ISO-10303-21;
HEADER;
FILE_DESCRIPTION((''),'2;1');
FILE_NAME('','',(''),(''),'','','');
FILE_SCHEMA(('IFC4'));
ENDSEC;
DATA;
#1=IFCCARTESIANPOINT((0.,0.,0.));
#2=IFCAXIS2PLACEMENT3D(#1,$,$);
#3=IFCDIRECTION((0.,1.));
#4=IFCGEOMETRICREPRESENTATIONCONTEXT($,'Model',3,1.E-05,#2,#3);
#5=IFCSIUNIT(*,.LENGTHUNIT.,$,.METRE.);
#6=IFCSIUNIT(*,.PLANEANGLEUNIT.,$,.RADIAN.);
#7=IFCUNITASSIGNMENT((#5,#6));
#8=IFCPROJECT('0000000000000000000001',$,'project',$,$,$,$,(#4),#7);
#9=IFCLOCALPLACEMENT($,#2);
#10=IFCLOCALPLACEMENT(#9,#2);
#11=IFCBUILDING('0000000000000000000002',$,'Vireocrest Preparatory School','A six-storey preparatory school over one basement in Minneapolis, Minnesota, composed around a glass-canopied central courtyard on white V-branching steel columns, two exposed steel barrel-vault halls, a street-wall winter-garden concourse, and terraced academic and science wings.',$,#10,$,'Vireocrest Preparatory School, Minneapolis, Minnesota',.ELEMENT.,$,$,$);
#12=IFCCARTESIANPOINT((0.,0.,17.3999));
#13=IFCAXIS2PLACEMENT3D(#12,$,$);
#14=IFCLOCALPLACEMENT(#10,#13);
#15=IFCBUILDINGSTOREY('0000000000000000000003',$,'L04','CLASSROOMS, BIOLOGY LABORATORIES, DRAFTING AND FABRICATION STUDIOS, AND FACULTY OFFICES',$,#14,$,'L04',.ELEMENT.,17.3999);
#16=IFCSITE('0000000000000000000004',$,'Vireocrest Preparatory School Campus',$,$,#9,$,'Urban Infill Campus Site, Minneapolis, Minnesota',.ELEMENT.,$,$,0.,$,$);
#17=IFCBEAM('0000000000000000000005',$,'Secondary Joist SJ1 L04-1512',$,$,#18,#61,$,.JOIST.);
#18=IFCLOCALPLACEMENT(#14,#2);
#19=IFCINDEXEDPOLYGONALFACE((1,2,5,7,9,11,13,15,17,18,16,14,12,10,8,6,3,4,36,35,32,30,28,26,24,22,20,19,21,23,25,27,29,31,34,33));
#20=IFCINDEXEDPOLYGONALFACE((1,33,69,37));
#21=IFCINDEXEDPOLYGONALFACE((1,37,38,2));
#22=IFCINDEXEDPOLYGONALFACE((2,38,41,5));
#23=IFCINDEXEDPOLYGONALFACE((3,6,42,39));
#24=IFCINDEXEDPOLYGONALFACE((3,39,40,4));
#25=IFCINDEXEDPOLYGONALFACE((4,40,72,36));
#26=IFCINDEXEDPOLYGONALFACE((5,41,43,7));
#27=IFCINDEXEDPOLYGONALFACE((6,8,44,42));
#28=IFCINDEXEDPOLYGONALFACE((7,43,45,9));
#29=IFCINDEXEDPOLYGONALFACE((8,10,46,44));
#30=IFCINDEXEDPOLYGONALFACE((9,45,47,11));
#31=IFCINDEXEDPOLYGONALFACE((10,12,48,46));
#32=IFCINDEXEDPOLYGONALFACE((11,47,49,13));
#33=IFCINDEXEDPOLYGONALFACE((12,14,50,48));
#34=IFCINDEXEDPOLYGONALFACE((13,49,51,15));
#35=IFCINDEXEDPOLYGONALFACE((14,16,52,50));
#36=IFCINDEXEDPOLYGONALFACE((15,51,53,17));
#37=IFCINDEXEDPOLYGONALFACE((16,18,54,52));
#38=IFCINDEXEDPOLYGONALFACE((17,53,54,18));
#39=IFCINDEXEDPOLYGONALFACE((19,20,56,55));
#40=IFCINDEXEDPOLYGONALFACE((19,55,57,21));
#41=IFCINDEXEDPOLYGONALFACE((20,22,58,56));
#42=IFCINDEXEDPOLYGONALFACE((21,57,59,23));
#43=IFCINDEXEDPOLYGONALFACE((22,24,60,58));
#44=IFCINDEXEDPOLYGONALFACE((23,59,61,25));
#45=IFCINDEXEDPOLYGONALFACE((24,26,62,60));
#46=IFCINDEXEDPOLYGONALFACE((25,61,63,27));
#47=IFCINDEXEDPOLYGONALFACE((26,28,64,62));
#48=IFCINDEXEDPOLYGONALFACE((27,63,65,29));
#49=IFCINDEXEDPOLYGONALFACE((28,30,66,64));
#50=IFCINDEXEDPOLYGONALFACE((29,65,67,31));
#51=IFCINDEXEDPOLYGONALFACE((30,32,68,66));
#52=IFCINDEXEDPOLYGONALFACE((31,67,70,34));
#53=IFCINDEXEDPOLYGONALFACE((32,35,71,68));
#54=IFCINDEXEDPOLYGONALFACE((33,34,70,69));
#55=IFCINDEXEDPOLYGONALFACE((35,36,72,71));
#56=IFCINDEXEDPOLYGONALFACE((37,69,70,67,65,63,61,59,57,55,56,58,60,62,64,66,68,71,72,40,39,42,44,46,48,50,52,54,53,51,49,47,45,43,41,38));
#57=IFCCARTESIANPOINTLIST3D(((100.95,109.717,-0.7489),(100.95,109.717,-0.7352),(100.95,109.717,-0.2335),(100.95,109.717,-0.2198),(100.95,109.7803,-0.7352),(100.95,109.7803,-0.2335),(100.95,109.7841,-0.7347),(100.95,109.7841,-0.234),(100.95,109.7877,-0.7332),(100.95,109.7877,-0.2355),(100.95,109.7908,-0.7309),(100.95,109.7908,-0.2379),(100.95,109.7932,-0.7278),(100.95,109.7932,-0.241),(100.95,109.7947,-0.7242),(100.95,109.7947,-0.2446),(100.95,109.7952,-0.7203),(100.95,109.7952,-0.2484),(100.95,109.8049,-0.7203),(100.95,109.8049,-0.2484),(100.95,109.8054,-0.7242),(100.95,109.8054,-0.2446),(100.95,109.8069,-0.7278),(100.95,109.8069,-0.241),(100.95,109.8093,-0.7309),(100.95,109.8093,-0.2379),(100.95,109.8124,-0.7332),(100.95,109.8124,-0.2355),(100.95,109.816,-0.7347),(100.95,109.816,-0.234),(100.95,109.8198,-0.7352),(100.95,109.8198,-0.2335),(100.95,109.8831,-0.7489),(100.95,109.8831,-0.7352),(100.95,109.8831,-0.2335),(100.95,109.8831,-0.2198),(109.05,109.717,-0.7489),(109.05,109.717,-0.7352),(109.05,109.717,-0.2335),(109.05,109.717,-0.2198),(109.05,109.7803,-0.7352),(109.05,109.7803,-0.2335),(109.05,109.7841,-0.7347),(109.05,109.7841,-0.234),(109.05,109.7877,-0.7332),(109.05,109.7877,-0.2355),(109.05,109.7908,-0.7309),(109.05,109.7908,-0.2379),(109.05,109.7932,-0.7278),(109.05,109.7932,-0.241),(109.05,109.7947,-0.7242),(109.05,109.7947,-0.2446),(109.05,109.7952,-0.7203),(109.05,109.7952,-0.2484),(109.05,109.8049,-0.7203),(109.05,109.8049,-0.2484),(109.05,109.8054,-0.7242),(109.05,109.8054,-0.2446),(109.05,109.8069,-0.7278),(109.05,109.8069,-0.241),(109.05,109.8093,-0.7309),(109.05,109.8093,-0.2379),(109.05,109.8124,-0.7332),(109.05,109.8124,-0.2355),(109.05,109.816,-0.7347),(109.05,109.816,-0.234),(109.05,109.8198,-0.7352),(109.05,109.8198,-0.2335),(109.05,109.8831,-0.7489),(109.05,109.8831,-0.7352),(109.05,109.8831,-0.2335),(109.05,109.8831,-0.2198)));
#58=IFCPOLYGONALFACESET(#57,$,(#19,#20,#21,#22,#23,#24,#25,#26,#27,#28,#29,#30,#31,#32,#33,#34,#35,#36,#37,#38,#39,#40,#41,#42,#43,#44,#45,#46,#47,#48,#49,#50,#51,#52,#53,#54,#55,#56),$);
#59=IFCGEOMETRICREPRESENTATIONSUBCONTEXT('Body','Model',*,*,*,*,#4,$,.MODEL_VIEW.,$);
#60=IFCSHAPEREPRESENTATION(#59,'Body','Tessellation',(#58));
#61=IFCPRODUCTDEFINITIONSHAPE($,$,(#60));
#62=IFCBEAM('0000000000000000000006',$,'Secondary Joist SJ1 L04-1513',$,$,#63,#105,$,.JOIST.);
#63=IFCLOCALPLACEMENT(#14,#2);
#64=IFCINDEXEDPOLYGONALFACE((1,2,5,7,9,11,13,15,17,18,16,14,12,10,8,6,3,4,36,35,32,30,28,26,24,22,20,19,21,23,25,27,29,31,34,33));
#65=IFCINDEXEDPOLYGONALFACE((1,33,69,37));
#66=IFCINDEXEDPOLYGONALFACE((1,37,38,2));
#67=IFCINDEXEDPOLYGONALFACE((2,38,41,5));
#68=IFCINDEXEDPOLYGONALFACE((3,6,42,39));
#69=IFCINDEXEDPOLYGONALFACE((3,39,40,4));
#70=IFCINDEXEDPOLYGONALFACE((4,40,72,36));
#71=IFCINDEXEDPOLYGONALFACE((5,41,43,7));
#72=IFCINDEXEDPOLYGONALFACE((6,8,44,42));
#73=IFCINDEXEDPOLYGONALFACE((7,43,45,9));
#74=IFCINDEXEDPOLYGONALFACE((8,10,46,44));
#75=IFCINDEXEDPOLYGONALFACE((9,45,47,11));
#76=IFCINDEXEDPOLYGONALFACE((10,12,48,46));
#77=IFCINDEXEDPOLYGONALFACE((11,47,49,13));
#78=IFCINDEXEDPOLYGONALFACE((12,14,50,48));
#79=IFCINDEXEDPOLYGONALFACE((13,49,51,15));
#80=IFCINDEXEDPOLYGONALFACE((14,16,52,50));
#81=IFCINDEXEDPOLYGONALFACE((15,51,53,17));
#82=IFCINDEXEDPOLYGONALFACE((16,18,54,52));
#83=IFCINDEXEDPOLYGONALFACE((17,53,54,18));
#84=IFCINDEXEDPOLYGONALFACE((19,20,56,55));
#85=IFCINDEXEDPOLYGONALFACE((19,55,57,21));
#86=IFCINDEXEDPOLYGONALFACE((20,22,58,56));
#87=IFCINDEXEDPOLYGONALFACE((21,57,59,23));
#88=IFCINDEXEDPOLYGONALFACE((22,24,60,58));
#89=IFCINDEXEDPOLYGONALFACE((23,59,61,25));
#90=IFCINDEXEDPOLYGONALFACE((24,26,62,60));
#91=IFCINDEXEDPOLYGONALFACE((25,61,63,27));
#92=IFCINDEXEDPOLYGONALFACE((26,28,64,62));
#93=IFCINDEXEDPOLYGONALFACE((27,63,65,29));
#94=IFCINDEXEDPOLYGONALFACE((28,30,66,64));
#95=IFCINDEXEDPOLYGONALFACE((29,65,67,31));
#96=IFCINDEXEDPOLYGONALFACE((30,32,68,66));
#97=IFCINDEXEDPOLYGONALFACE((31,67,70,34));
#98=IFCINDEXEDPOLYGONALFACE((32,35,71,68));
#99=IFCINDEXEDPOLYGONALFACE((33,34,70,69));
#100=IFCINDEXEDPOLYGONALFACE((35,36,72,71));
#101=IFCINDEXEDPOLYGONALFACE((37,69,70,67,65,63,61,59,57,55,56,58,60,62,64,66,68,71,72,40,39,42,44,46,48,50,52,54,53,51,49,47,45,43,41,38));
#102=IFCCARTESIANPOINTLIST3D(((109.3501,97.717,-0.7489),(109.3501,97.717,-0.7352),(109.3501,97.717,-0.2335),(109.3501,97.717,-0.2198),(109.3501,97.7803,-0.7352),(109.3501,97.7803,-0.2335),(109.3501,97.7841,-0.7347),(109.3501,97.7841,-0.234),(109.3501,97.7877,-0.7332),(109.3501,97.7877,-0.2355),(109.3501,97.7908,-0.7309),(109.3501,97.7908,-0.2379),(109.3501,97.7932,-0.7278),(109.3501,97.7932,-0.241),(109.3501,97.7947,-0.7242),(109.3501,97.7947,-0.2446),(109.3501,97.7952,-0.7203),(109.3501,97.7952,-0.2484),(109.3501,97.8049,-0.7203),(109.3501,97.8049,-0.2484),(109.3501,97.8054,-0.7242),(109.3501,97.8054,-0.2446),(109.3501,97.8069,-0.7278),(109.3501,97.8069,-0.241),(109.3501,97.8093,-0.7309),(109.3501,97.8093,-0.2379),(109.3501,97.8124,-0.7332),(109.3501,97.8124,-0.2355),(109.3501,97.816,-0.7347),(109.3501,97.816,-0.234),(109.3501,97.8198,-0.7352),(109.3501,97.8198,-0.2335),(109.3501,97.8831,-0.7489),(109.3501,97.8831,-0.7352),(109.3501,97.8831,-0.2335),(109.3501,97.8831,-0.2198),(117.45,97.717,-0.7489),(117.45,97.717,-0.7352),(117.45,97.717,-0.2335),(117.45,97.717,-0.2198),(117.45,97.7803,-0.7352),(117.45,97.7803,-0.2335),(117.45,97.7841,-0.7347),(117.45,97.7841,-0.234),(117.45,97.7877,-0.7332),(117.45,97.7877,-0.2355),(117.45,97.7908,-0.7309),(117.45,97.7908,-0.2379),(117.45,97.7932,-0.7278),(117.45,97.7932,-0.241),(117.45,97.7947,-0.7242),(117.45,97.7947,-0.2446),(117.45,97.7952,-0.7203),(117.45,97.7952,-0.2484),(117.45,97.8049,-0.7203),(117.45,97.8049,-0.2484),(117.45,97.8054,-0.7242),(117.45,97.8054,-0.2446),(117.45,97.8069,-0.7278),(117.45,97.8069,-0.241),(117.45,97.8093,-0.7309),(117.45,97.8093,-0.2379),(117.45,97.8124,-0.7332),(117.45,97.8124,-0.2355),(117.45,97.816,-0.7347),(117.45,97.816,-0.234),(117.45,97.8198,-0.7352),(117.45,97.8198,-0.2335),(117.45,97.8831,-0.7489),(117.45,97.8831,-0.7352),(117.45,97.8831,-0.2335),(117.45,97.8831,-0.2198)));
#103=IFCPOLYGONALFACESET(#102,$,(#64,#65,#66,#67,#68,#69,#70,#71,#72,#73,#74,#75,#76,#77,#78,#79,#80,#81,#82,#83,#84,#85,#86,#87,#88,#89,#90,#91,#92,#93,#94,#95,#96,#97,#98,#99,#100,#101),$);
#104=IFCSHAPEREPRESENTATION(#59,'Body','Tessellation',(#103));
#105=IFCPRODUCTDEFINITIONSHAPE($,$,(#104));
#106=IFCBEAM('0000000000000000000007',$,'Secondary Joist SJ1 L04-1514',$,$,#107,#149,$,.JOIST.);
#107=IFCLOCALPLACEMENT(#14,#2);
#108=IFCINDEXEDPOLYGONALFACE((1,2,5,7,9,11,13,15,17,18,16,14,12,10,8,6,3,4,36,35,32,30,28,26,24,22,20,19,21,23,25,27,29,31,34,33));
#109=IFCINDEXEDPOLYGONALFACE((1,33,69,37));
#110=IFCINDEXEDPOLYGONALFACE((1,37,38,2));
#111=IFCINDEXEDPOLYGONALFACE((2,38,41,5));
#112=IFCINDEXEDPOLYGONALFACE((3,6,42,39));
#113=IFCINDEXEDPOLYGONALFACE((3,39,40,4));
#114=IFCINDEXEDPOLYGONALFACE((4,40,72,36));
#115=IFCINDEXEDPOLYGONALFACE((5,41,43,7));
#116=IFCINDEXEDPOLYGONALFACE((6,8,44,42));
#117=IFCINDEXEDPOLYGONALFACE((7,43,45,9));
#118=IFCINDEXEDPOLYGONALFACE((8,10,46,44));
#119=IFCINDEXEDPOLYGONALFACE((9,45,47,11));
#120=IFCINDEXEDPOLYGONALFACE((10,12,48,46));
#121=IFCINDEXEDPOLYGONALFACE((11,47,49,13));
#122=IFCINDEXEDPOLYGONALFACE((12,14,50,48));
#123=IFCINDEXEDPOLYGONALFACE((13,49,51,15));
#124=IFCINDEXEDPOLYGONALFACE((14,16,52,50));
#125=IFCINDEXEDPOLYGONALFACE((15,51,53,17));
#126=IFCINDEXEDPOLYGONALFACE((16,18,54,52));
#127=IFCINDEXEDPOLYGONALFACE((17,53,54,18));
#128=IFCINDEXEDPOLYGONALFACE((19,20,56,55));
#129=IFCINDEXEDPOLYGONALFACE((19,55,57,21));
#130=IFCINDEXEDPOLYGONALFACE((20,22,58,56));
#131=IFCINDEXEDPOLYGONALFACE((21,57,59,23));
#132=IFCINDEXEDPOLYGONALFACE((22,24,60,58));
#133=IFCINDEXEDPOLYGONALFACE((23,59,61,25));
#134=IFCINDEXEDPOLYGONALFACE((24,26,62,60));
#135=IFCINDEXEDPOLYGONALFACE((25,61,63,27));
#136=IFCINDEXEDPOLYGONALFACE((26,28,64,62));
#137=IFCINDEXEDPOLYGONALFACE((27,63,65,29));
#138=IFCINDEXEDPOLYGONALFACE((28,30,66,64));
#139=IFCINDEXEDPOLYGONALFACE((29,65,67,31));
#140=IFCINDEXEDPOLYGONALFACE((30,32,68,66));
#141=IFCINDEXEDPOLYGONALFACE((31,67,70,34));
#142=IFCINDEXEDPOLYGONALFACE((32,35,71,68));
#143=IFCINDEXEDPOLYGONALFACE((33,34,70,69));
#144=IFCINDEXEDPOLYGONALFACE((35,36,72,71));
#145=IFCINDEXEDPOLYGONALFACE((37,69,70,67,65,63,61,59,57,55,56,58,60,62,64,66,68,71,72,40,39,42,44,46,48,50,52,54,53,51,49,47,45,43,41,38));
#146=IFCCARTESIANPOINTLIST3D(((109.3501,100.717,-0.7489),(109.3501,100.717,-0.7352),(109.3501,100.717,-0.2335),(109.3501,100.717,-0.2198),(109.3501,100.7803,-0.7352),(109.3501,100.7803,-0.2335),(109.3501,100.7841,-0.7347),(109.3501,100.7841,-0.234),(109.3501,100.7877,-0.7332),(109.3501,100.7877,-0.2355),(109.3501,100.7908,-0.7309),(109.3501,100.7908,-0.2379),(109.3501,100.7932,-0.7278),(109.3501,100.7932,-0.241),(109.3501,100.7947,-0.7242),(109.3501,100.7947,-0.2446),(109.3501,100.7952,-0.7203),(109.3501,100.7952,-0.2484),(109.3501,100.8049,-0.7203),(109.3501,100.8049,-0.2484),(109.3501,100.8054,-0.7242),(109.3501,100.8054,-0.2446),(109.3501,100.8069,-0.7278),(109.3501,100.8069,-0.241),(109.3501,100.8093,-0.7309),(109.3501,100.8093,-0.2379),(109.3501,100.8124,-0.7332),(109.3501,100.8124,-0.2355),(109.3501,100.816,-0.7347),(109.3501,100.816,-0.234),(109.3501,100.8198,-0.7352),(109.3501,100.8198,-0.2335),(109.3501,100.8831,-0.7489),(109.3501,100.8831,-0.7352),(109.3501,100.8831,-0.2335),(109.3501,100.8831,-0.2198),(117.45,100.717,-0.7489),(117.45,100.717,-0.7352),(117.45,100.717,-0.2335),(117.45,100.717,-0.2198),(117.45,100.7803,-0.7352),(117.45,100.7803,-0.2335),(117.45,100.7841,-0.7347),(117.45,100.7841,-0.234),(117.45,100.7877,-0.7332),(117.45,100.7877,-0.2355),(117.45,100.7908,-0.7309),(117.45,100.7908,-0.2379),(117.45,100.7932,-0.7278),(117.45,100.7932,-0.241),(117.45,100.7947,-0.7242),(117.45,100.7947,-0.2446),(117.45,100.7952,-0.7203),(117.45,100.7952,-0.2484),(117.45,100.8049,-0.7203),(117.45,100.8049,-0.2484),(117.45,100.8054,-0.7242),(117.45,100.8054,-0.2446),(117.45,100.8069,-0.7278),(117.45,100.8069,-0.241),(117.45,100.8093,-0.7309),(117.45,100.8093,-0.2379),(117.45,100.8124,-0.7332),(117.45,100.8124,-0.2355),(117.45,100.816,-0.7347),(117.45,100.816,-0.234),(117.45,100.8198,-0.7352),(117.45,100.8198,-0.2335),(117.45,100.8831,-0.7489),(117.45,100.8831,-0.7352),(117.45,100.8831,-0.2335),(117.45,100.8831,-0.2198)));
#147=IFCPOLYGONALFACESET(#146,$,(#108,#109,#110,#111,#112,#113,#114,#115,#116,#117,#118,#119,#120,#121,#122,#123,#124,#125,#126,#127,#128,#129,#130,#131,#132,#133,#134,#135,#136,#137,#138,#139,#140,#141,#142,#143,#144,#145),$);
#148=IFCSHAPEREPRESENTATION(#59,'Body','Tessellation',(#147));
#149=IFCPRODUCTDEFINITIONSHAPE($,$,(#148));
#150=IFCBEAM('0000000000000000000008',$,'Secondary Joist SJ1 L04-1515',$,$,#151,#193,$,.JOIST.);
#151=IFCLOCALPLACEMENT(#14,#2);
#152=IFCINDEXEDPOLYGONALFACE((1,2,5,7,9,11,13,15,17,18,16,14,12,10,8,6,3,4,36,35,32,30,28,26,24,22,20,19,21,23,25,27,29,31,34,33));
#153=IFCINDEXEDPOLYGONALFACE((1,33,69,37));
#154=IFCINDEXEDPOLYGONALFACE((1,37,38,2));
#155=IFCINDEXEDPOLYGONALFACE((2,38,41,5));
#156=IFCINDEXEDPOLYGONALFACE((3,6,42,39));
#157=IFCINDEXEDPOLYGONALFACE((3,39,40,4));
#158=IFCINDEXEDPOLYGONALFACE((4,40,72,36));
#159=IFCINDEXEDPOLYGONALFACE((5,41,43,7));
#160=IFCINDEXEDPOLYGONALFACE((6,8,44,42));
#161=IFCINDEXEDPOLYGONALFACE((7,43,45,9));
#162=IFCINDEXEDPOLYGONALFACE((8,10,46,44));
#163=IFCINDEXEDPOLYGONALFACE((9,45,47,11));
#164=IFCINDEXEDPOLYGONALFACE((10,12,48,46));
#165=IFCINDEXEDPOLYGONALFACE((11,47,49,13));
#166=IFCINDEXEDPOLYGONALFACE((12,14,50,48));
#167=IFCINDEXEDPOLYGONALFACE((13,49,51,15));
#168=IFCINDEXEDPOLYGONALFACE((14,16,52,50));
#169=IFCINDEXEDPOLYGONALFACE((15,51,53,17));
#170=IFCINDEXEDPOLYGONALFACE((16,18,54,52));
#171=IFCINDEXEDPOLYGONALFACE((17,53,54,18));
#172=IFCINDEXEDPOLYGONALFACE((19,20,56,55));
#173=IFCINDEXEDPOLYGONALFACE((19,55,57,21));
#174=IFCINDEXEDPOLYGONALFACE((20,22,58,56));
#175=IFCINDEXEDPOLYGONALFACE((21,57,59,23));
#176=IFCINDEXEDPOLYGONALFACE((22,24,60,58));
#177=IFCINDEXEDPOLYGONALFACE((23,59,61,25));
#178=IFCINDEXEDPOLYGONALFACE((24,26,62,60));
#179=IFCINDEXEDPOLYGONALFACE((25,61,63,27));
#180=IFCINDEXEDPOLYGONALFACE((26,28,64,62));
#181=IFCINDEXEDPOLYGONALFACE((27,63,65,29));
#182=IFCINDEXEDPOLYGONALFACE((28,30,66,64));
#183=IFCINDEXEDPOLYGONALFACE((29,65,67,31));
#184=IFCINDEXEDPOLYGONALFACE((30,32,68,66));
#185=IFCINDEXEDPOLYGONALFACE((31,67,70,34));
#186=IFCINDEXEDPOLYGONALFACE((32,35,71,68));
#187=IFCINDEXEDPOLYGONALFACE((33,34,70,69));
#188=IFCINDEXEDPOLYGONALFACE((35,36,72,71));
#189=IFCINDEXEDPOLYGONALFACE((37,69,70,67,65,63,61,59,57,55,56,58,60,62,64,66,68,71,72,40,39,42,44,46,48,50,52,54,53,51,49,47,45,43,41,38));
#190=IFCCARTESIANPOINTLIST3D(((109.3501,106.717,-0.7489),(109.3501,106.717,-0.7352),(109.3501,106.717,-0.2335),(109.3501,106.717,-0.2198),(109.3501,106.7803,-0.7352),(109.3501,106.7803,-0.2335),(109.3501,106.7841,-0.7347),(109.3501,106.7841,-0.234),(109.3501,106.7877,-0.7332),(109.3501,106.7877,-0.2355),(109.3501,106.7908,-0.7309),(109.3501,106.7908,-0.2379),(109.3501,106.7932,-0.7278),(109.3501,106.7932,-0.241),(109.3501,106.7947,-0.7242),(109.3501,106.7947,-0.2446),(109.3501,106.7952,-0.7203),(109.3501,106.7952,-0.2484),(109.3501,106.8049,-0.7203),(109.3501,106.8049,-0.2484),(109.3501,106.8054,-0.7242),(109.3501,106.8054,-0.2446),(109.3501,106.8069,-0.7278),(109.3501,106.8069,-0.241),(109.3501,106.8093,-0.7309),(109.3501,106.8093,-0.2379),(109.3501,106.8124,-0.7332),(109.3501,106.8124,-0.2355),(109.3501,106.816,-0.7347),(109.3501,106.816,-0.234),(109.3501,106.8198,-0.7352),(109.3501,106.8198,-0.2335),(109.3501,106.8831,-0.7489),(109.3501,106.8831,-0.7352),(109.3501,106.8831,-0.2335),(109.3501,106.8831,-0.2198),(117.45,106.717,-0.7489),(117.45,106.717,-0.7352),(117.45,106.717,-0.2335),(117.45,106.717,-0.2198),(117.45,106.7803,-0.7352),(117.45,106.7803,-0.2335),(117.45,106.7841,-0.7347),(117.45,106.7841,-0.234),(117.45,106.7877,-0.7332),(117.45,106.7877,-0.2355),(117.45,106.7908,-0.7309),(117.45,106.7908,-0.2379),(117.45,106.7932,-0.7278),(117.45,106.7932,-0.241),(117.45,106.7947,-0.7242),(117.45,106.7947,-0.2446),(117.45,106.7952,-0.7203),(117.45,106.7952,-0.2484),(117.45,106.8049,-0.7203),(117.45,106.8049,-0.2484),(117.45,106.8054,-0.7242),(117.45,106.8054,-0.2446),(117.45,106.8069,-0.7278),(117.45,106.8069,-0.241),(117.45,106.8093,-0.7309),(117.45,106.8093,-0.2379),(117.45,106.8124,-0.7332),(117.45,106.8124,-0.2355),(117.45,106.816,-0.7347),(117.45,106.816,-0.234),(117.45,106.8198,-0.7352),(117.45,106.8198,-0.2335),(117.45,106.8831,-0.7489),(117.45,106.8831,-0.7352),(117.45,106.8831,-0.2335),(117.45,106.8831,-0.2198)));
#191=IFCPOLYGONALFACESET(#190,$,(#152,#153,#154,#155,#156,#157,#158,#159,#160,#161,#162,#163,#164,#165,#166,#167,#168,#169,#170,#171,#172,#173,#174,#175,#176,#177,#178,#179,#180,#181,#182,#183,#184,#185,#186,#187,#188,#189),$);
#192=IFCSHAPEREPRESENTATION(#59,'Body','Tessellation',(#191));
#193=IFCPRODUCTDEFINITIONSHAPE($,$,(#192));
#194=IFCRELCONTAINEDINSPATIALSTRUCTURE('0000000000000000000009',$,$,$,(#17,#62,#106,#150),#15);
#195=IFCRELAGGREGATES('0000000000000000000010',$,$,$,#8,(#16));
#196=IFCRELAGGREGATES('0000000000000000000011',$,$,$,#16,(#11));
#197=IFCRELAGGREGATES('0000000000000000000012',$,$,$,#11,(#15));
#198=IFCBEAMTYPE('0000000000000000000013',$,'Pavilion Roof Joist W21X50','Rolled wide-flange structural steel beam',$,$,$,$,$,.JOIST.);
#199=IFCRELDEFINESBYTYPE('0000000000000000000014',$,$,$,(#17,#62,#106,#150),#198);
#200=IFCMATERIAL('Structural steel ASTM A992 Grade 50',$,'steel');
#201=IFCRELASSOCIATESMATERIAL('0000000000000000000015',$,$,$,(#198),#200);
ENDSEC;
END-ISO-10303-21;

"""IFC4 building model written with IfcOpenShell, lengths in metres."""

from ifc_helpers import new_model, si_unit, direction, frame, origin, origin_2d, place, context, subcontext, project, spatial, i_section, extrude, material, material_profile, profile_set, type_object, element, save


model = new_model("IFC4")

# Units and contexts
model_context = context("Model", 3, precision=1e-05, world=origin(), true_north=direction((0.0, 1.0)))
body_context = subcontext(model_context, "Body", "Model", "MODEL_VIEW")
ifc_project = project(units=[si_unit("LENGTHUNIT", "METRE"), si_unit("PLANEANGLEUNIT", "RADIAN")], contexts=[model_context])

# Site, building, storey
site_placement = place(None, origin())
site = spatial("IfcSite", under=ifc_project, at=site_placement, Name="Vireocrest Preparatory School Campus", LongName="Urban Infill Campus Site, Minneapolis, Minnesota", CompositionType="ELEMENT", RefElevation=0.0)
building_placement = place(site_placement, origin())
building = spatial("IfcBuilding", under=site, at=building_placement, Name="Vireocrest Preparatory School", Description="A six-storey preparatory school over one basement in Minneapolis, Minnesota, composed around a glass-canopied central courtyard on white V-branching steel columns, two exposed steel barrel-vault halls, a street-wall winter-garden concourse, and terraced academic and science wings.", LongName="Vireocrest Preparatory School, Minneapolis, Minnesota", CompositionType="ELEMENT")
storey_placement = place(building_placement, frame((0.0, 0.0, 17.3999)))
storey = spatial("IfcBuildingStorey", under=building, at=storey_placement, Name="L04", Description="CLASSROOMS, BIOLOGY LABORATORIES, DRAFTING AND FABRICATION STUDIOS, AND FACULTY OFFICES", LongName="L04", CompositionType="ELEMENT", Elevation=17.3999)

# Beams
ifc_material_1 = material(Name="Structural steel ASTM A992 Grade 50", Category="steel")
ifc_material_profile_1 = material_profile(ifc_material_1, i_section(OverallWidth=0.166, OverallDepth=0.5291, WebThickness=0.0098, FlangeThickness=0.0137, FilletRadius=0.0149, at=origin_2d()), Name="W21X50")
ifc_profile_set_1 = profile_set([ifc_material_profile_1], Name="Structural steel ASTM A992 Grade 50")
beam_type_1 = type_object("IfcBeamType", Name="Pavilion Roof Joist W21X50", Description="Rolled wide-flange structural steel beam", PredefinedType="JOIST", material=ifc_profile_set_1)
for number, where, z_axis, x_axis, name in (
    (1, (100.95, 109.8, -0.4844), (1.0, 0.0, 0.0), (0.0, 1.0, 0.0), "Secondary Joist SJ1 L04-1512"),
):
    element("IfcBeam", number, at=place(storey_placement, frame(where, z_axis=z_axis, x_axis=x_axis)), inside=storey, type_object=beam_type_1, Name=name, PredefinedType="JOIST", context=body_context, shape_type="SweptSolid", body=[
        extrude(i_section(OverallWidth=0.166, OverallDepth=0.5291, WebThickness=0.0098, FlangeThickness=0.0137, FilletRadius=0.0149, at=origin_2d()), origin(), (0.0, 0.0, 1.0), 8.1001),
    ])
for number, where, z_axis, x_axis, name in (
    (2, (109.3501, 97.8, -0.4844), (1.0, 0.0, 0.0), (0.0, 1.0, 0.0), "Secondary Joist SJ1 L04-1513"),
    (3, (109.3501, 100.8, -0.4844), (1.0, 0.0, 0.0), (0.0, 1.0, 0.0), "Secondary Joist SJ1 L04-1514"),
    (4, (109.3501, 106.8, -0.4844), (1.0, 0.0, 0.0), (0.0, 1.0, 0.0), "Secondary Joist SJ1 L04-1515"),
):
    element("IfcBeam", number, at=place(storey_placement, frame(where, z_axis=z_axis, x_axis=x_axis)), inside=storey, type_object=beam_type_1, Name=name, PredefinedType="JOIST", context=body_context, shape_type="SweptSolid", body=[
        extrude(i_section(OverallWidth=0.166, OverallDepth=0.5291, WebThickness=0.0098, FlangeThickness=0.0137, FilletRadius=0.0149, at=origin_2d()), origin(), (0.0, 0.0, 1.0), 8.0999),
    ])

save(model, "model.ifc")
